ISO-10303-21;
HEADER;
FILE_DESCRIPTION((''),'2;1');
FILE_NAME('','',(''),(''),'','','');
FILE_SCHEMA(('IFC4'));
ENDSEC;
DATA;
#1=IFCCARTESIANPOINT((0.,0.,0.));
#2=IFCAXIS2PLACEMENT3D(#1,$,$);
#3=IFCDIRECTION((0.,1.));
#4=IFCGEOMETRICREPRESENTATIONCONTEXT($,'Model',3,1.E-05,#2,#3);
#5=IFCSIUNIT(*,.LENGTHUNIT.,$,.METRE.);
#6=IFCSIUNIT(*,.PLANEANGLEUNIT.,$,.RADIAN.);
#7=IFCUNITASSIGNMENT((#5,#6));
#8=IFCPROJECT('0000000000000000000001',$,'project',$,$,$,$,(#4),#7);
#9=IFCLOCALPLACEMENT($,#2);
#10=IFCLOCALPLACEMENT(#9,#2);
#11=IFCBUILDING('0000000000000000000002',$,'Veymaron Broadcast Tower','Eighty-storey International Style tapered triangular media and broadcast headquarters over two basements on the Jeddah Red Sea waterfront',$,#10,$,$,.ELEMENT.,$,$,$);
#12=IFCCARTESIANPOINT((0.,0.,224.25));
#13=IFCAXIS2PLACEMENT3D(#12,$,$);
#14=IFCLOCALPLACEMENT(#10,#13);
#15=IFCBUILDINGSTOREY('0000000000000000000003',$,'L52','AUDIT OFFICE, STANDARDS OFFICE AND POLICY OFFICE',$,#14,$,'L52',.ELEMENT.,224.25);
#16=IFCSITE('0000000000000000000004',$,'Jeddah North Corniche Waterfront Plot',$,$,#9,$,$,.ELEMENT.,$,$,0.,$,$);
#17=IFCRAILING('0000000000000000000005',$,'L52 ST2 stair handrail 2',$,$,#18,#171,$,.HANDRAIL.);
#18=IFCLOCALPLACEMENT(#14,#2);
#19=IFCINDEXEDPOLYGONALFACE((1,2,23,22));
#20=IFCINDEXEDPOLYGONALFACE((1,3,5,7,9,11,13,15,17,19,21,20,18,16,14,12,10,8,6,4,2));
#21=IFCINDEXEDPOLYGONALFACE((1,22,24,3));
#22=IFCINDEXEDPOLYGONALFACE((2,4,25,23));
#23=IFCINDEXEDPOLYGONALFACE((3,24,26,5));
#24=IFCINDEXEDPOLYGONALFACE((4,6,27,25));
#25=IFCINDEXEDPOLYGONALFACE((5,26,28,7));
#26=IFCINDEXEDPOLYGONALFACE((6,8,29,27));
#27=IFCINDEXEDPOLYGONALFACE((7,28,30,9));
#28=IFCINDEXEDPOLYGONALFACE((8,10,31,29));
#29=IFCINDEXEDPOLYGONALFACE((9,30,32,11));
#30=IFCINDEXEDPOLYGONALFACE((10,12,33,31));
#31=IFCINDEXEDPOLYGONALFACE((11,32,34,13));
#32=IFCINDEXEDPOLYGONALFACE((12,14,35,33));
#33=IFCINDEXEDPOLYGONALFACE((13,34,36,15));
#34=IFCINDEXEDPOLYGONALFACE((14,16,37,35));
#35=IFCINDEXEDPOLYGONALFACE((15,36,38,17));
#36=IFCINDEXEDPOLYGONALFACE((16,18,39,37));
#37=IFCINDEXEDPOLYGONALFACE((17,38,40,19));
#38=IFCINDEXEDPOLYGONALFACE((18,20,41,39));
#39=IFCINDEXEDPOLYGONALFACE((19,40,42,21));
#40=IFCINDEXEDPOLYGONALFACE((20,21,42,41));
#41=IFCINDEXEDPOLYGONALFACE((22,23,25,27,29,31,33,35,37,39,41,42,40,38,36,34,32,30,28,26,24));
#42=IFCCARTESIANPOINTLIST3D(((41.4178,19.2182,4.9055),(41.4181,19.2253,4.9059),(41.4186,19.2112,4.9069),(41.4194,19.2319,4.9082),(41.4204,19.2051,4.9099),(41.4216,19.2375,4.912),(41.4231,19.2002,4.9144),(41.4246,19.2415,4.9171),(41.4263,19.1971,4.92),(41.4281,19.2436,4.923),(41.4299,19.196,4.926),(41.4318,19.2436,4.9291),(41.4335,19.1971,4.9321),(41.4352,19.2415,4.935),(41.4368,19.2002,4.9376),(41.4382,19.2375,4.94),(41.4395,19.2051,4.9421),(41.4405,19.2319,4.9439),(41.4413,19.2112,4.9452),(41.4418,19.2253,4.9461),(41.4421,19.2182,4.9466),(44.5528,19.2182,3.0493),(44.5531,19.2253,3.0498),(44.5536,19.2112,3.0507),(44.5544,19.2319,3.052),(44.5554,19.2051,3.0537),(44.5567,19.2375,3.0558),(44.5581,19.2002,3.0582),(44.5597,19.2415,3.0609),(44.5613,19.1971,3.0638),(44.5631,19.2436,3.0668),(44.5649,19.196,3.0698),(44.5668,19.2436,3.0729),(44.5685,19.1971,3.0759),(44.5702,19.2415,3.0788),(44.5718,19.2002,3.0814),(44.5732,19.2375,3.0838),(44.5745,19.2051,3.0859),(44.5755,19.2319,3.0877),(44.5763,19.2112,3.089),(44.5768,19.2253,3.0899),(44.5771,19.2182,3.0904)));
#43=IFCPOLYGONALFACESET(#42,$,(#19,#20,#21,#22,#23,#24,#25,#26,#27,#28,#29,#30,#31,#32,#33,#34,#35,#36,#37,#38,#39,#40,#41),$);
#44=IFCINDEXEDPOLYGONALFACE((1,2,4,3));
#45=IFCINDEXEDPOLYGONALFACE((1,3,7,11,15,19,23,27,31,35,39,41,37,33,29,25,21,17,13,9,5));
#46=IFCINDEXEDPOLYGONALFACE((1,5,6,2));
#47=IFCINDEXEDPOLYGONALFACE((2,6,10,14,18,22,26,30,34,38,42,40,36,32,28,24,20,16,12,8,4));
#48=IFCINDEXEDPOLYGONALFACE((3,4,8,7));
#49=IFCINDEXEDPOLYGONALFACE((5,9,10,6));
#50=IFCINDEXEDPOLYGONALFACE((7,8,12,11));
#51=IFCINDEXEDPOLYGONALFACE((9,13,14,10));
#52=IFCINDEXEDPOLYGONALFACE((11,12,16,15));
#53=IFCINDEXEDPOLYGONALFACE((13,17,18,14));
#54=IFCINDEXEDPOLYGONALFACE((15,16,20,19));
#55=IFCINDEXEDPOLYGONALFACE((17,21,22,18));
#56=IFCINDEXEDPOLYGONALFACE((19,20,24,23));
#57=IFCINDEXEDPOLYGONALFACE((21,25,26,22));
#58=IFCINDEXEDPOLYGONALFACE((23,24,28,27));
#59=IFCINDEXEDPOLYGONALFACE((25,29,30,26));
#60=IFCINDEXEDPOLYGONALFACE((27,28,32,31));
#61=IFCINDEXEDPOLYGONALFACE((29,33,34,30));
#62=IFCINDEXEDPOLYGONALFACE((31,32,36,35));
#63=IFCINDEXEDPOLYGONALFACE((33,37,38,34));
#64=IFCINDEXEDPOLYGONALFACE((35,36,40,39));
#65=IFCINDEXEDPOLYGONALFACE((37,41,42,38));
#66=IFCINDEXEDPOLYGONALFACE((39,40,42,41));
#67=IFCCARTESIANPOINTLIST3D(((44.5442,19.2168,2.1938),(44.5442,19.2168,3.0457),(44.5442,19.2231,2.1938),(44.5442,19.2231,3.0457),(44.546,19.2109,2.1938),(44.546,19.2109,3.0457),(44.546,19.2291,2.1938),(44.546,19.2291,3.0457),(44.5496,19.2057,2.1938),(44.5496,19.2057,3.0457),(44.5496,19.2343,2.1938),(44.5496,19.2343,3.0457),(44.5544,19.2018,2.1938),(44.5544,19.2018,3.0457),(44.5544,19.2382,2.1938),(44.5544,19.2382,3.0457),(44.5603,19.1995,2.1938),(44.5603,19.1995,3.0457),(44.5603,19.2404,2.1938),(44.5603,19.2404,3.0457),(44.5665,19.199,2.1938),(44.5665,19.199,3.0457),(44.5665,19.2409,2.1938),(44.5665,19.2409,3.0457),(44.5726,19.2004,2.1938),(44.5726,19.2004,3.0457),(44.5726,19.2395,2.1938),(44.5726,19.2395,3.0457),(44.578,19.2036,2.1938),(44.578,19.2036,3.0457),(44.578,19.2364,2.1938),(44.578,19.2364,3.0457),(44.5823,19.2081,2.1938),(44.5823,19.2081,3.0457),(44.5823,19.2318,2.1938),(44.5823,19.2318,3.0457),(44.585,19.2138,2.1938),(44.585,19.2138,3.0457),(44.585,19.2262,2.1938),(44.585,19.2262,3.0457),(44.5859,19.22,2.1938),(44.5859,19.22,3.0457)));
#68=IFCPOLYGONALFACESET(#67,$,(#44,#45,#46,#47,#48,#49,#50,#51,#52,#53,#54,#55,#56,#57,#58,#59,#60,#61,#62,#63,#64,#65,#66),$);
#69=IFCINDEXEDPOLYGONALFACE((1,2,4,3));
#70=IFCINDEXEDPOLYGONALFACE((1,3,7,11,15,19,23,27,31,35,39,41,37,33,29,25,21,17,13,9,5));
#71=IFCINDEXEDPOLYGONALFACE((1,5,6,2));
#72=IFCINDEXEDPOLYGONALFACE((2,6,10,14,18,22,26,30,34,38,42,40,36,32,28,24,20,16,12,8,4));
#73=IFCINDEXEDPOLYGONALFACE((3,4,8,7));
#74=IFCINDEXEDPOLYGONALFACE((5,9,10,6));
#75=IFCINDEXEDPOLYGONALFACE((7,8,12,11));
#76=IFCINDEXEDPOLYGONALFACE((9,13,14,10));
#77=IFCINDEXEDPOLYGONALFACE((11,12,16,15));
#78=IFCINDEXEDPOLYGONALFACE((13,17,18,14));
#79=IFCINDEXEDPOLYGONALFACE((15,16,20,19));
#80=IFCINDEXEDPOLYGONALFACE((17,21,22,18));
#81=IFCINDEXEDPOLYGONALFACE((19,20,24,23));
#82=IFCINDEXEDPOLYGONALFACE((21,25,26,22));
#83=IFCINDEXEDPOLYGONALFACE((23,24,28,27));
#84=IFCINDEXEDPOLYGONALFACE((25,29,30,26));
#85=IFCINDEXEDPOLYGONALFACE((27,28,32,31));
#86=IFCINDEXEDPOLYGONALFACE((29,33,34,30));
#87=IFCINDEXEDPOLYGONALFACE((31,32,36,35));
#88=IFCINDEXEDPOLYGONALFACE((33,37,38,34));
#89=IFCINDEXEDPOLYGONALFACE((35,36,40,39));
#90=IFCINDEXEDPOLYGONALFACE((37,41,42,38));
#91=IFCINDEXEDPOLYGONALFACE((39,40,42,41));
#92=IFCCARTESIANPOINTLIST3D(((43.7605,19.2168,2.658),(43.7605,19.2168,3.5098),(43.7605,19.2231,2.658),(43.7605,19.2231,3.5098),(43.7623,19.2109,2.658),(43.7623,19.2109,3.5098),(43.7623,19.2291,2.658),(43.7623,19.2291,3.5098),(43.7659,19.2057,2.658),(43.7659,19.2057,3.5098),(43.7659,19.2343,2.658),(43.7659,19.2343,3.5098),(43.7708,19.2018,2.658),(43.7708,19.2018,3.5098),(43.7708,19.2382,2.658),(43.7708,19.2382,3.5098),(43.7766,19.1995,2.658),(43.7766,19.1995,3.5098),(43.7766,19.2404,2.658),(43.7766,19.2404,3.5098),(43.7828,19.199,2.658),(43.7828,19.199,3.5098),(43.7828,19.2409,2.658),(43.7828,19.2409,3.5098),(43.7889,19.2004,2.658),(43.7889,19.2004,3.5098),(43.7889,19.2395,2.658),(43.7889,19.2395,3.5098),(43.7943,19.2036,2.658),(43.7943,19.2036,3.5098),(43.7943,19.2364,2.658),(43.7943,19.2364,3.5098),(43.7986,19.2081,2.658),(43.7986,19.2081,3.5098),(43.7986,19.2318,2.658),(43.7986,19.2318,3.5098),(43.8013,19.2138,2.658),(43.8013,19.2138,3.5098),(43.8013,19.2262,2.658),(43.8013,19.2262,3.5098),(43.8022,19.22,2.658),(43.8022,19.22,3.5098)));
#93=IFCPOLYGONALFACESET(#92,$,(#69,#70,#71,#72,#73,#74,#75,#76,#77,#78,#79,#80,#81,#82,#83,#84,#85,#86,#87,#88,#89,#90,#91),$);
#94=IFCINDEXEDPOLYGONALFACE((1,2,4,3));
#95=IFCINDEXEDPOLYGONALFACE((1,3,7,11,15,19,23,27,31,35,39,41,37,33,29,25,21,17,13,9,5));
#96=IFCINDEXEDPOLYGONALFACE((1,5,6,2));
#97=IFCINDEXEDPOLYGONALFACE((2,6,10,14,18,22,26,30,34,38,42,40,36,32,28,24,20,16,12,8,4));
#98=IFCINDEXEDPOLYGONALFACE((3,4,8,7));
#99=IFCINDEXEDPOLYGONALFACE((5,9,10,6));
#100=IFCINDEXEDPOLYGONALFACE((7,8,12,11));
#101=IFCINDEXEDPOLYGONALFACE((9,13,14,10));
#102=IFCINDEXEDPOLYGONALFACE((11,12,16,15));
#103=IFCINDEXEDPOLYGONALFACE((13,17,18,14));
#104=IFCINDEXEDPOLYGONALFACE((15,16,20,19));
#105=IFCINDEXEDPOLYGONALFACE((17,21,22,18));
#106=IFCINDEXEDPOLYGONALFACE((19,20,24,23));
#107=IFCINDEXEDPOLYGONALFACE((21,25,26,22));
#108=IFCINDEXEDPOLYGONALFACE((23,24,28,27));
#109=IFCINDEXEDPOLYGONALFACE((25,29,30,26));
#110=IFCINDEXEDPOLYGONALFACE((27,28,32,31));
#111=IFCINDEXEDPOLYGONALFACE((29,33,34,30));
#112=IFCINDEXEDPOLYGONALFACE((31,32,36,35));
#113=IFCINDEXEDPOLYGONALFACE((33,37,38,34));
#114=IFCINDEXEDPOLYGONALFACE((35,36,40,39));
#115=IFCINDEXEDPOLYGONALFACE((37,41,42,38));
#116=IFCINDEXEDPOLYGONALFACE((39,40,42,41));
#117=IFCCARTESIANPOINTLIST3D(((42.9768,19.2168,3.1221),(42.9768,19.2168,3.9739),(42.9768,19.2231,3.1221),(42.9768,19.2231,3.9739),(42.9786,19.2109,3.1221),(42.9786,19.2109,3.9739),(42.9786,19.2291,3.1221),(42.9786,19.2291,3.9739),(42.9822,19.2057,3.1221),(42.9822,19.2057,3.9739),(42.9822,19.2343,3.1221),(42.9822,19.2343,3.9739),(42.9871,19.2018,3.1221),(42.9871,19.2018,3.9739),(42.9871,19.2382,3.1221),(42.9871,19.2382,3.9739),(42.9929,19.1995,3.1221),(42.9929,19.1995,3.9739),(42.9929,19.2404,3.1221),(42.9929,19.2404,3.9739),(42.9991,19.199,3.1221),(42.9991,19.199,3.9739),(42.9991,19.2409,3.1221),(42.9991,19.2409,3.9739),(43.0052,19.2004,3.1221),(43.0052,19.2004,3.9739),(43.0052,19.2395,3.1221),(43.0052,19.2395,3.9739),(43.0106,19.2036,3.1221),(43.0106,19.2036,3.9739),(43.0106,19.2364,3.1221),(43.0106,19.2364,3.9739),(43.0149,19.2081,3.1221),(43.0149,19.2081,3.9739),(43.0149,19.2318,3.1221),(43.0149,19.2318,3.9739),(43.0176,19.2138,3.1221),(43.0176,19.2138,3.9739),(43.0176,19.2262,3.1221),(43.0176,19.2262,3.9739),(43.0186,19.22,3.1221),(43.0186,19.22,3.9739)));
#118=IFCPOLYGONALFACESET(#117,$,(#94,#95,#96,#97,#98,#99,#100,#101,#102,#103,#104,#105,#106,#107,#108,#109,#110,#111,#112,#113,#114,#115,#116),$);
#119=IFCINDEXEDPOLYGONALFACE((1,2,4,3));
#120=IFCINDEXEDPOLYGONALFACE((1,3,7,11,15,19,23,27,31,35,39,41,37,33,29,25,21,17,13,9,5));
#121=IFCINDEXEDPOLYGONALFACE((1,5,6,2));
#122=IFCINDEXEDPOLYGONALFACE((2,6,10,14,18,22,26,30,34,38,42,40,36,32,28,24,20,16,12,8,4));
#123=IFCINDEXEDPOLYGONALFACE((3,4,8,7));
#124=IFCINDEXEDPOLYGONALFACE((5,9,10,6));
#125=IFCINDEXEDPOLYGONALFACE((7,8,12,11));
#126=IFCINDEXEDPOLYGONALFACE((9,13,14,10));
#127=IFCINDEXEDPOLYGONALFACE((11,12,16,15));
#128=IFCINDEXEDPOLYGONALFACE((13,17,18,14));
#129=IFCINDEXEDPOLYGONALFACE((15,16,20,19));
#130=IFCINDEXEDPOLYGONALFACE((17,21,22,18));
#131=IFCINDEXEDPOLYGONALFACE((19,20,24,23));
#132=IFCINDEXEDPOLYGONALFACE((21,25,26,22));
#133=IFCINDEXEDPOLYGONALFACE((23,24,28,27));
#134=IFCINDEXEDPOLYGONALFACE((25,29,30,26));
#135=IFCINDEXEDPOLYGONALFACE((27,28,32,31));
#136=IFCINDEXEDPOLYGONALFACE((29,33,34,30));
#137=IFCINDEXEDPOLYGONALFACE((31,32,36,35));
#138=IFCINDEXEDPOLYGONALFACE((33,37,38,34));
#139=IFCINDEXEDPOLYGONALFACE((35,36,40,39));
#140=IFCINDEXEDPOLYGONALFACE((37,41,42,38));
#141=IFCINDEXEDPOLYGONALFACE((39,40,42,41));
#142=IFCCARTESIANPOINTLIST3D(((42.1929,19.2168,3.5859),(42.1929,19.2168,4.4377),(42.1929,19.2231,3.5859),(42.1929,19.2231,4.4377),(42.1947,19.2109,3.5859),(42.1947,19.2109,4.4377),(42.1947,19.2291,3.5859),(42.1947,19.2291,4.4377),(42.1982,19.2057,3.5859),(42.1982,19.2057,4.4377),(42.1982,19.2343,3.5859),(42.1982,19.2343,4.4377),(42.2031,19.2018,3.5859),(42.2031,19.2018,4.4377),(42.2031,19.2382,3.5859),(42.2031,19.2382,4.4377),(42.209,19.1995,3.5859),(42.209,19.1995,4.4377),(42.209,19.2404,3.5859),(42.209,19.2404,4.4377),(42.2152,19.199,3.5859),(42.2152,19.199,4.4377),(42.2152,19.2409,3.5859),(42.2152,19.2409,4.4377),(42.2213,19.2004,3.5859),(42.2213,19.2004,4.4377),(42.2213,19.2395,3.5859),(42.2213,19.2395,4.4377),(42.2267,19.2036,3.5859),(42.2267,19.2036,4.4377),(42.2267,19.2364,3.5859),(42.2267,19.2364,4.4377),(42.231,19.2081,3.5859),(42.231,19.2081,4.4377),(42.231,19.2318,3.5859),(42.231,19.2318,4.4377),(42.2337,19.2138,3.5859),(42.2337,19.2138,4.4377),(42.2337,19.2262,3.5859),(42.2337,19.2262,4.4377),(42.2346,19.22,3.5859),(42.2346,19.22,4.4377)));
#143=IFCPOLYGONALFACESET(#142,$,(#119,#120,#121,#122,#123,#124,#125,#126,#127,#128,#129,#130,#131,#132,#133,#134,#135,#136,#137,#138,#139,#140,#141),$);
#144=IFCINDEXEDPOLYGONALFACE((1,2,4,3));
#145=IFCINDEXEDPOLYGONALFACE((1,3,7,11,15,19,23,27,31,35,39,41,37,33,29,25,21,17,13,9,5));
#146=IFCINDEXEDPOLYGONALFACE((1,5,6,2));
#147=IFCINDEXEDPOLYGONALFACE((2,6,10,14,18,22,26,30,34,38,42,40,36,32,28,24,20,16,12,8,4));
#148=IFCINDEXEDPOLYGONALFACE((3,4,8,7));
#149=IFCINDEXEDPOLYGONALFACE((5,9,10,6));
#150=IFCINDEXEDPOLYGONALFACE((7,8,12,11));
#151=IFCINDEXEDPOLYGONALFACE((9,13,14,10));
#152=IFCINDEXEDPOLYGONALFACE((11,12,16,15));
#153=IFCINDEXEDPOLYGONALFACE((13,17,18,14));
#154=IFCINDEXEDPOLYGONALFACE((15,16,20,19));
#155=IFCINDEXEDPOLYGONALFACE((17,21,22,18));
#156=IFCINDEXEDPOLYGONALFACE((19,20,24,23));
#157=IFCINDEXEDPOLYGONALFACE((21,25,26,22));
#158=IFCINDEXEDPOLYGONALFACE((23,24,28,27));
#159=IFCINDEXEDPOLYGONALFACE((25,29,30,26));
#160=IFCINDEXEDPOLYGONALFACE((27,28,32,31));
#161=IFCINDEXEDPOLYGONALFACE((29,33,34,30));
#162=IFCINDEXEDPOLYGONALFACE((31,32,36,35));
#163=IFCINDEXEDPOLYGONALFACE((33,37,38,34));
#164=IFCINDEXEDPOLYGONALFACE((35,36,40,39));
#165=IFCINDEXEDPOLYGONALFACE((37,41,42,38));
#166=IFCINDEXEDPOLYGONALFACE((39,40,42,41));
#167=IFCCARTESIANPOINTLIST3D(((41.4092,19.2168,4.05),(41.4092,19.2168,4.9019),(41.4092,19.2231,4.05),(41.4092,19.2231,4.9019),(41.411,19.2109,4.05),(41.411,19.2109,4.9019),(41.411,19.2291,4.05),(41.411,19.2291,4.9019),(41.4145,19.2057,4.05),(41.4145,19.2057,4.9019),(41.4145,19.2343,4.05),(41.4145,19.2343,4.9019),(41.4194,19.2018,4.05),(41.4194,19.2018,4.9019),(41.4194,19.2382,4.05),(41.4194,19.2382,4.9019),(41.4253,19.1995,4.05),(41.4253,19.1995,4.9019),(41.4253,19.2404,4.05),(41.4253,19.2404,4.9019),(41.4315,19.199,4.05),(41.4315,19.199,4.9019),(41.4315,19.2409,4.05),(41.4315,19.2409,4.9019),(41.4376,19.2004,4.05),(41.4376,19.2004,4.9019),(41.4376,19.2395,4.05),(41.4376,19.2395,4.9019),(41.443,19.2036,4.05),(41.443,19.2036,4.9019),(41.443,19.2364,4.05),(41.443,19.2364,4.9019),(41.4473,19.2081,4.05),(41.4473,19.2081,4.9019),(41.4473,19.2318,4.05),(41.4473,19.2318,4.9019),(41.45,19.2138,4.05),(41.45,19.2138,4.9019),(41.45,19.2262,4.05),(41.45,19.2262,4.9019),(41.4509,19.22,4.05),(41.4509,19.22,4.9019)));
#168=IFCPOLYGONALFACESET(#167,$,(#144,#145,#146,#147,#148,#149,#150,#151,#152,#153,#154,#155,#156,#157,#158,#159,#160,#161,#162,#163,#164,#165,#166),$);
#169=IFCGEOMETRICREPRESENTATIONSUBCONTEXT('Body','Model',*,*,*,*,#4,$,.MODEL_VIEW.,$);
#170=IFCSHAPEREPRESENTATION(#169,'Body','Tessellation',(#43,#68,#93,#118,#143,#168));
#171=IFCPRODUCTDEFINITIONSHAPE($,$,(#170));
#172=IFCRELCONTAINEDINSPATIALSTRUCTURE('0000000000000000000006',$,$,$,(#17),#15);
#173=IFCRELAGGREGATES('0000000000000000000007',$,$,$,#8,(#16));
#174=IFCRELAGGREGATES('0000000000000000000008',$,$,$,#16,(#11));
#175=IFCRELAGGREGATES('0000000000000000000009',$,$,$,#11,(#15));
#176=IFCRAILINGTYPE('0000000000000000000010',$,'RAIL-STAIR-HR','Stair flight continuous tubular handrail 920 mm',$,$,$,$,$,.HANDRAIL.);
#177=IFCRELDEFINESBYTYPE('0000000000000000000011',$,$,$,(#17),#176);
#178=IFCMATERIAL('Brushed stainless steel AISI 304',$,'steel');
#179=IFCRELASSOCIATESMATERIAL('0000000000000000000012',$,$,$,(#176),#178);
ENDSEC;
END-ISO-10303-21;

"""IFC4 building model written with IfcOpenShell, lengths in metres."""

from ifc_helpers import new_model, si_unit, direction, frame, origin, origin_2d, place, context, subcontext, project, spatial, circle, extrude, material, type_object, element, save


model = new_model("IFC4")

# Units and contexts
model_context = context("Model", 3, precision=1e-05, world=origin(), true_north=direction((0.0, 1.0)))
body_context = subcontext(model_context, "Body", "Model", "MODEL_VIEW")
ifc_project = project(units=[si_unit("LENGTHUNIT", "METRE"), si_unit("PLANEANGLEUNIT", "RADIAN")], contexts=[model_context])

# Site, building, storey
site_placement = place(None, origin())
site = spatial("IfcSite", under=ifc_project, at=site_placement, Name="Jeddah North Corniche Waterfront Plot", CompositionType="ELEMENT", RefElevation=0.0)
building_placement = place(site_placement, origin())
building = spatial("IfcBuilding", under=site, at=building_placement, Name="Veymaron Broadcast Tower", Description="Eighty-storey International Style tapered triangular media and broadcast headquarters over two basements on the Jeddah Red Sea waterfront", CompositionType="ELEMENT")
storey_placement = place(building_placement, frame((0.0, 0.0, 224.25)))
storey = spatial("IfcBuildingStorey", under=building, at=storey_placement, Name="L52", Description="AUDIT OFFICE, STANDARDS OFFICE AND POLICY OFFICE", LongName="L52", CompositionType="ELEMENT", Elevation=224.25)

# Railing
ifc_material_1 = material(Name="Brushed stainless steel AISI 304", Category="steel")
railing_type_1 = type_object("IfcRailingType", Name="RAIL-STAIR-HR", Description="Stair flight continuous tubular handrail 920 mm", PredefinedType="HANDRAIL", material=ifc_material_1)
railing_1_placement = place(storey_placement, frame((44.5649, 19.22, 2.1938)))
element("IfcRailing", 1, at=railing_1_placement, inside=storey, type_object=railing_type_1, Name="L52 ST2 stair handrail 2", PredefinedType="HANDRAIL", context=body_context, shape_type="SweptSolid", body=[
    extrude(circle(Radius=0.0239, at=origin_2d()), frame((0.0, 0.0, 0.876), z_axis=(-0.860482, 0.0, 0.509481), x_axis=(0.0, -1.0, 0.0)), (0.0, 0.0, 1.0), 3.6433),
    extrude(circle(Radius=0.021, at=origin_2d()), origin(), (0.0, 0.0, 1.0), 0.8518),
    extrude(circle(Radius=0.021, at=origin_2d()), frame((-0.7837, 0.0, 0.4641)), (0.0, 0.0, 1.0), 0.8518),
    extrude(circle(Radius=0.021, at=origin_2d()), frame((-1.5674, 0.0, 0.9282)), (0.0, 0.0, 1.0), 0.8518),
    extrude(circle(Radius=0.021, at=origin_2d()), frame((-2.3513, 0.0, 1.3921)), (0.0, 0.0, 1.0), 0.8518),
    extrude(circle(Radius=0.021, at=origin_2d()), frame((-3.135, 0.0, 1.8562)), (0.0, 0.0, 1.0), 0.8518),
])

save(model, "model.ifc")
